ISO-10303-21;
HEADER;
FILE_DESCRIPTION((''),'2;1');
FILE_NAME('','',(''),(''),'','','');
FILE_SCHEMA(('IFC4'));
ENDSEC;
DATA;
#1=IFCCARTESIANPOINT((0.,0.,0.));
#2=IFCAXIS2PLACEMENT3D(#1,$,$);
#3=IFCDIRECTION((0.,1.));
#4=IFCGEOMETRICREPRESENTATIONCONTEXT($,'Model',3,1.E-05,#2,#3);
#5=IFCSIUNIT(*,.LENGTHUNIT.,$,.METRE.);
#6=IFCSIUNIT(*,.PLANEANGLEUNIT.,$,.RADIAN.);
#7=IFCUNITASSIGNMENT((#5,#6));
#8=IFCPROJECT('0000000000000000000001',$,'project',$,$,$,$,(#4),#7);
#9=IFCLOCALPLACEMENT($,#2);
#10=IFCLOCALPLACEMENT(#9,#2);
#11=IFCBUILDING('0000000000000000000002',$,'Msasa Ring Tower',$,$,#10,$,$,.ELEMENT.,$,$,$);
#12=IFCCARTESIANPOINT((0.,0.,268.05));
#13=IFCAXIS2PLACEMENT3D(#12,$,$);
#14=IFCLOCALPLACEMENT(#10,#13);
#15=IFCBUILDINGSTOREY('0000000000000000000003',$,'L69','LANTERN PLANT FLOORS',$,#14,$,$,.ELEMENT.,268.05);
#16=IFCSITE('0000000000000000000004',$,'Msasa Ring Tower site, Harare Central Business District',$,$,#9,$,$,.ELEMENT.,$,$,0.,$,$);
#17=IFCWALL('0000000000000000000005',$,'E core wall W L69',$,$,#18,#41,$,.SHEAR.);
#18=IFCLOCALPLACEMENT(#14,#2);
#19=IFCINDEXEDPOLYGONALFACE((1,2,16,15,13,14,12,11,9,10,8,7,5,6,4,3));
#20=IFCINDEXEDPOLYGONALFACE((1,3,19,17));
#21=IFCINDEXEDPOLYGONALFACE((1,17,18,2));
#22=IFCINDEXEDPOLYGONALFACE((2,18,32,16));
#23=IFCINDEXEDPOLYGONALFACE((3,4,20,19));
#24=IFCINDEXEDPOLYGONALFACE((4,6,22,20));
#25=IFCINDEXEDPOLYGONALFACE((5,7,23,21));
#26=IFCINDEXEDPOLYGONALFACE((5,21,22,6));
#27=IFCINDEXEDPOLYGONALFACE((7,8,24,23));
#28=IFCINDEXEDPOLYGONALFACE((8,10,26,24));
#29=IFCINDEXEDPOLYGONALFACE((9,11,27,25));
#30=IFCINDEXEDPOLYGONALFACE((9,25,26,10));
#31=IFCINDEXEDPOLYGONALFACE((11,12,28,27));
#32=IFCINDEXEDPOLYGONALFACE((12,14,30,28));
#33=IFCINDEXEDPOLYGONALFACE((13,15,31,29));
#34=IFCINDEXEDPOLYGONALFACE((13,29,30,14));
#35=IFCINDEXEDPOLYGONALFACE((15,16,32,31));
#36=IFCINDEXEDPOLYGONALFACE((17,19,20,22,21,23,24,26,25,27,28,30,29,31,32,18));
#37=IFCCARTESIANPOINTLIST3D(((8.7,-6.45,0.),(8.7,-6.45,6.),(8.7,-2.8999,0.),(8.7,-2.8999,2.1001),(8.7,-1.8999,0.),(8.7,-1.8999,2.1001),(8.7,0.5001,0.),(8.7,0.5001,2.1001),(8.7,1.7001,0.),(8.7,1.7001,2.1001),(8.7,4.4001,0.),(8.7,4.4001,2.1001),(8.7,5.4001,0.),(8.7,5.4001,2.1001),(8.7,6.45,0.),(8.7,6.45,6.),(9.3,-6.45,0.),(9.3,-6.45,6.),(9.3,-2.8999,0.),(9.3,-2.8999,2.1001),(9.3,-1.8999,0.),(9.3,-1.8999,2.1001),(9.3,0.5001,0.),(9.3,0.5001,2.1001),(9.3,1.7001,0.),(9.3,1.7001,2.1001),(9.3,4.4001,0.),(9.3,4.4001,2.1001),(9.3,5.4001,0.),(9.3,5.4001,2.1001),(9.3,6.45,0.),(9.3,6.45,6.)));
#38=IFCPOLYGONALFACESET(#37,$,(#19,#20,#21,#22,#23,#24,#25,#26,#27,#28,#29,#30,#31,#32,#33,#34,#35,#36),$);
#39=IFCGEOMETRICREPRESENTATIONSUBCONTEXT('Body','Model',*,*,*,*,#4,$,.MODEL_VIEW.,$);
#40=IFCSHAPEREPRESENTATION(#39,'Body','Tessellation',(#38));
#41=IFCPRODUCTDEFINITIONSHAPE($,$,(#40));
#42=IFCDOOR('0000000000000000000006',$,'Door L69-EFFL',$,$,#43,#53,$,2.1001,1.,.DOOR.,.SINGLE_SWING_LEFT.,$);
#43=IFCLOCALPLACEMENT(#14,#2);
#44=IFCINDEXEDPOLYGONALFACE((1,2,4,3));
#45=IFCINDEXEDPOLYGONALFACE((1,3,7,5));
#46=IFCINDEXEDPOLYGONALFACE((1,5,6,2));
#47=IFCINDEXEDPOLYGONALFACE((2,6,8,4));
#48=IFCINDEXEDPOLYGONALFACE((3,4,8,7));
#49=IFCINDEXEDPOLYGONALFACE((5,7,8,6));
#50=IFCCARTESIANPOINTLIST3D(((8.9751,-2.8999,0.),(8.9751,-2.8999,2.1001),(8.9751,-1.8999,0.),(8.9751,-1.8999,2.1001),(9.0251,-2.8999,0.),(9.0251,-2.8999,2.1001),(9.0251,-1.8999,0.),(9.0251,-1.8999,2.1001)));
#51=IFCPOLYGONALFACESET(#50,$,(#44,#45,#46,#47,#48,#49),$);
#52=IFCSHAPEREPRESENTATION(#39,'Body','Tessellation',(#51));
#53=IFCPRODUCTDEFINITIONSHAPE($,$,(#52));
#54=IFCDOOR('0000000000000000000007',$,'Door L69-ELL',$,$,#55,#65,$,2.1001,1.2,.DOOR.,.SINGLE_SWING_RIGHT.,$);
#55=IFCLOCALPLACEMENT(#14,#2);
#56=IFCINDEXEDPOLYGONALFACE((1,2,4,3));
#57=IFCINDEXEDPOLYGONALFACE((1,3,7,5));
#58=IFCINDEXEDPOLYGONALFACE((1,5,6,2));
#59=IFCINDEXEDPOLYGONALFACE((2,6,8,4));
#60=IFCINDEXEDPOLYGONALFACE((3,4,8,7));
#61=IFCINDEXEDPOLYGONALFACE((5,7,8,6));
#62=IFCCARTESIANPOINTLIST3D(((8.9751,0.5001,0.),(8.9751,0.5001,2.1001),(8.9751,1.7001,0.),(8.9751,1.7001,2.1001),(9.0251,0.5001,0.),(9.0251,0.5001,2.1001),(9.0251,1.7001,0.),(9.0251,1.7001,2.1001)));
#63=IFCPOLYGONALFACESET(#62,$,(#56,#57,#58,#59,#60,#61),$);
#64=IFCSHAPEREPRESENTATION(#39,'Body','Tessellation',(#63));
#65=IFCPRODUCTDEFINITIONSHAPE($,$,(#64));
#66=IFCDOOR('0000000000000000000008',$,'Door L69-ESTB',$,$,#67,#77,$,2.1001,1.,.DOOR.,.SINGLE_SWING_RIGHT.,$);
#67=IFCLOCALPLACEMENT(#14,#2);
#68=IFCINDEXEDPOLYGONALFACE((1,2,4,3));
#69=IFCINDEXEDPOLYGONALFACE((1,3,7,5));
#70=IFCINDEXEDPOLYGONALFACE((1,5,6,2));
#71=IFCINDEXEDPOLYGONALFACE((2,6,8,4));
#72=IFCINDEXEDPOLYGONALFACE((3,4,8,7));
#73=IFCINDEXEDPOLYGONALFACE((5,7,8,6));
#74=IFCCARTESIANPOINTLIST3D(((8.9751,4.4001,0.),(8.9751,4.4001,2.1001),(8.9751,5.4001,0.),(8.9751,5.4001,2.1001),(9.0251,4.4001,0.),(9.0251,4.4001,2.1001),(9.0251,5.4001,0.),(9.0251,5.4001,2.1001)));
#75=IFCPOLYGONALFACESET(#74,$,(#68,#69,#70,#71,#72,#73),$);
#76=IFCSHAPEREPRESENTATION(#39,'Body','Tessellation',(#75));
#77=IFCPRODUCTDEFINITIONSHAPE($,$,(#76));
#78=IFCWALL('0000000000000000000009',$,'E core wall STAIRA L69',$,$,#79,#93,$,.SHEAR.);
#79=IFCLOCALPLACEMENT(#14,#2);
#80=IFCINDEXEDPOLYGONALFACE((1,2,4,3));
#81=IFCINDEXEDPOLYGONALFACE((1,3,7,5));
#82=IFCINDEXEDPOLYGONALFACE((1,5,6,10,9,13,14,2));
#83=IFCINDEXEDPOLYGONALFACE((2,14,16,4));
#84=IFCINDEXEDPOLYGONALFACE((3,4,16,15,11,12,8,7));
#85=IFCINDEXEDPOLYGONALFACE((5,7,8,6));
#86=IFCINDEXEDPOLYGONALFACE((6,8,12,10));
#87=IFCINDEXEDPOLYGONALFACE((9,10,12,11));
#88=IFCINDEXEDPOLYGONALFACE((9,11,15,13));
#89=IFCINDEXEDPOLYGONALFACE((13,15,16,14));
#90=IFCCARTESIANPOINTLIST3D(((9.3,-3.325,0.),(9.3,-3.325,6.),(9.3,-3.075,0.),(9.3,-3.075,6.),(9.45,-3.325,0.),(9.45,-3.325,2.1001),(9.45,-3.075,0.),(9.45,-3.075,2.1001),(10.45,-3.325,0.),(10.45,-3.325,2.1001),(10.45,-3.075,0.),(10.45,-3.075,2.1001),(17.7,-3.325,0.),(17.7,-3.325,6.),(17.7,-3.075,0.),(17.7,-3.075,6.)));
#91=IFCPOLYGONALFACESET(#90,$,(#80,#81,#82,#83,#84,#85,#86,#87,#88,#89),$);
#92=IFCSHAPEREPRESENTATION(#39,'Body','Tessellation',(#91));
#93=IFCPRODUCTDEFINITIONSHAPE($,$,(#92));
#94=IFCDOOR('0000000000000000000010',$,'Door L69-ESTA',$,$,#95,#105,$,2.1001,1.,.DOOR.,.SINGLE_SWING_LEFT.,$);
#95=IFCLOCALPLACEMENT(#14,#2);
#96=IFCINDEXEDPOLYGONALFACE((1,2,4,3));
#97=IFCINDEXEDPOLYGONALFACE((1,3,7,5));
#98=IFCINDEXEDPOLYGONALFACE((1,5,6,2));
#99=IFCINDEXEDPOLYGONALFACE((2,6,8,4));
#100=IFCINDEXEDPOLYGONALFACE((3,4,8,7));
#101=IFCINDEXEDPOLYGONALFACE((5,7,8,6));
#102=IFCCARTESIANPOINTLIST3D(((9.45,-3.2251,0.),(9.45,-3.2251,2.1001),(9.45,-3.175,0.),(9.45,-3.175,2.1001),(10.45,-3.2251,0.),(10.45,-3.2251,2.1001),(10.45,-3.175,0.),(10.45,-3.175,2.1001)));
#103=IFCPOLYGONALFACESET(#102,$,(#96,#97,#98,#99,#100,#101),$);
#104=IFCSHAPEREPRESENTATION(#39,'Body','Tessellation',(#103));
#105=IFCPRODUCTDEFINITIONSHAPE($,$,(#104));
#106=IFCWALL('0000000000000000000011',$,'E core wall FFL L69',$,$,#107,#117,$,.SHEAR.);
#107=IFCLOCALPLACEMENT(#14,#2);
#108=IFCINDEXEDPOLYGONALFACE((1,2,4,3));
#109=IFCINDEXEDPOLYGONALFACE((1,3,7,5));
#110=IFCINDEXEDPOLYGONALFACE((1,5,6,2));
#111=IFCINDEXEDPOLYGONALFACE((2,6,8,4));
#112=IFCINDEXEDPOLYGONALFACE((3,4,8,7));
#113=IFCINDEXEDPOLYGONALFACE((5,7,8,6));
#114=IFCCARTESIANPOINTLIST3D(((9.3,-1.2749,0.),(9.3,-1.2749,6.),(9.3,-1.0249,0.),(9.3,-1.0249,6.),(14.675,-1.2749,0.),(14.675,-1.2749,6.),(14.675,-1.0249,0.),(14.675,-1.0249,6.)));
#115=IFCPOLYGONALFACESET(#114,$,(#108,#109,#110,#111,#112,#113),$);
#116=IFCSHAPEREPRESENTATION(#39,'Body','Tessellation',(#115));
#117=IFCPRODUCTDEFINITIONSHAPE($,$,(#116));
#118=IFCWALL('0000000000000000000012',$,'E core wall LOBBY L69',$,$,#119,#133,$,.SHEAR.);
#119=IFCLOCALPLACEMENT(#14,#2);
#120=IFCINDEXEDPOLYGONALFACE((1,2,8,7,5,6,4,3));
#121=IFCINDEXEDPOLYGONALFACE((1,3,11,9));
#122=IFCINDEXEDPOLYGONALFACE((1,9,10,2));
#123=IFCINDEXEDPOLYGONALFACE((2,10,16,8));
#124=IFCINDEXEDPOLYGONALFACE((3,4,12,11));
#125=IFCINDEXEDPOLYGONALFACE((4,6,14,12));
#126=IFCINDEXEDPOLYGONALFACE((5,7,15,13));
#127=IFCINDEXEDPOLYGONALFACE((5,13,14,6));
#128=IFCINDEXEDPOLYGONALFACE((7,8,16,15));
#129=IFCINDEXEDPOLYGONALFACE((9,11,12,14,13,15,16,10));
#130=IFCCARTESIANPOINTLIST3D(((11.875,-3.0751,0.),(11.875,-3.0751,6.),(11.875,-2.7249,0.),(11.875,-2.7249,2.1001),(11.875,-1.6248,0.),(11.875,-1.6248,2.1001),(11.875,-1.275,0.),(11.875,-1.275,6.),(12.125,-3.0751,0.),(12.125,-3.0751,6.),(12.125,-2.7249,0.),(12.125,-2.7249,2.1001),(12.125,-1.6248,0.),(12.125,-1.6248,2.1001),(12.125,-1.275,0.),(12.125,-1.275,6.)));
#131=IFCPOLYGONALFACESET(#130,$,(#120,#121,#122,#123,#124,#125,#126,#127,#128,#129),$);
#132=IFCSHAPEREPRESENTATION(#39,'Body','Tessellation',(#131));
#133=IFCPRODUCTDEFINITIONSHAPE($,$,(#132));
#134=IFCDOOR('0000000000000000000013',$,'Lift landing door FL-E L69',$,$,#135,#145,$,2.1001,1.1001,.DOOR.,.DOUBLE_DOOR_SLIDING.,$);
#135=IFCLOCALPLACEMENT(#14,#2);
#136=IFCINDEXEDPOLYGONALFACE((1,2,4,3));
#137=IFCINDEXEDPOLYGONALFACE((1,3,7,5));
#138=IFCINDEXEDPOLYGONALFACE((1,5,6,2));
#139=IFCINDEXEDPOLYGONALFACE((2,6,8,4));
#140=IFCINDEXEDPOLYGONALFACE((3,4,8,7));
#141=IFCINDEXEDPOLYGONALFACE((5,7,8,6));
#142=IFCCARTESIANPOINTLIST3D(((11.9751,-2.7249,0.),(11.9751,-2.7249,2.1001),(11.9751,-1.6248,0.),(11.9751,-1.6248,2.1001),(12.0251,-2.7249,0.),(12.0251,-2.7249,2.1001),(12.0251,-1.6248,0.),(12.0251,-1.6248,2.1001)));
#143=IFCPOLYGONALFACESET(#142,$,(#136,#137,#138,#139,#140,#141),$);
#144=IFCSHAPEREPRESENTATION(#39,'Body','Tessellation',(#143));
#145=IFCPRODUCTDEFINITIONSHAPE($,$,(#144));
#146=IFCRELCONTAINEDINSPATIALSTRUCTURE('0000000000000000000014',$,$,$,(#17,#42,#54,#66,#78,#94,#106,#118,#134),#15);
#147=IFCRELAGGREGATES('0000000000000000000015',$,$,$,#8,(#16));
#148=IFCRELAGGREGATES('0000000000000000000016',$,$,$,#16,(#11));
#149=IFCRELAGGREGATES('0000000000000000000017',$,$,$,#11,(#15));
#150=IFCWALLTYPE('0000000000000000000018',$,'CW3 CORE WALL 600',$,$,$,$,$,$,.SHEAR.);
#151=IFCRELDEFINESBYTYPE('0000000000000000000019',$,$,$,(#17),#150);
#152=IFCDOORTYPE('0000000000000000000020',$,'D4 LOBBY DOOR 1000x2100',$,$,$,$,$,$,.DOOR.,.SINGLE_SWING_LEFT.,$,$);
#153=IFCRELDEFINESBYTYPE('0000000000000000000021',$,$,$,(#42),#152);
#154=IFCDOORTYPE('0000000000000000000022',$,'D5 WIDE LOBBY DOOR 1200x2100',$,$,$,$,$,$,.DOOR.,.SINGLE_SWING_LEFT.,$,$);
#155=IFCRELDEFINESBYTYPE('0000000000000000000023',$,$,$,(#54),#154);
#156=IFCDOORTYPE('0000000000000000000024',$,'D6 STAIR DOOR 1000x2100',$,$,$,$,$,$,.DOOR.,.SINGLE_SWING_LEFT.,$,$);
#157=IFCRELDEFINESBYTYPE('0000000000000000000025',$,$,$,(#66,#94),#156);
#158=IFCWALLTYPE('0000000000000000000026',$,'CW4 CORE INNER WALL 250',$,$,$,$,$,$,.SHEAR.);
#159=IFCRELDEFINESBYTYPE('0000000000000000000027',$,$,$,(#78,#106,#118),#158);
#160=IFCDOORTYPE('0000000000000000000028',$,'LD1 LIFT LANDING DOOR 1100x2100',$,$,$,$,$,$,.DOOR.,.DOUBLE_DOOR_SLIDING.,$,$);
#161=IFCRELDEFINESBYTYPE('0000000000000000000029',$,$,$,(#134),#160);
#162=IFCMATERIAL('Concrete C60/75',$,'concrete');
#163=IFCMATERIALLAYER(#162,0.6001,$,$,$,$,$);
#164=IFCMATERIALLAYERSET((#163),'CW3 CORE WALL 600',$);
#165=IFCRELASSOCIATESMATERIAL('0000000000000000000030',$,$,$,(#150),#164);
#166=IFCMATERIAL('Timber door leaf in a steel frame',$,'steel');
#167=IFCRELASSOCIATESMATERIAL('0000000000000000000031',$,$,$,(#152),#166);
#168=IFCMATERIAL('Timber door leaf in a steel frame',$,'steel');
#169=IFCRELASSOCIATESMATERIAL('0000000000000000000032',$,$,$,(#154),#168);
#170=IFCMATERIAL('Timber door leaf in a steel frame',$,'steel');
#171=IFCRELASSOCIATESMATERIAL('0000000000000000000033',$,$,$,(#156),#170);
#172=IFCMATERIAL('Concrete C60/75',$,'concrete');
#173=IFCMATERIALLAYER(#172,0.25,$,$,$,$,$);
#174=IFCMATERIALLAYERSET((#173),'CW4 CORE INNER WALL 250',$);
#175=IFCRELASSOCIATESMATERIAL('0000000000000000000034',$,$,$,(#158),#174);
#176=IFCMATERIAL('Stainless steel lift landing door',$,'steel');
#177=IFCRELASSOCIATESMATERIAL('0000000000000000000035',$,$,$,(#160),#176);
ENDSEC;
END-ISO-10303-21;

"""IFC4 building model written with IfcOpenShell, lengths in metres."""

from ifc_helpers import new_model, si_unit, direction, frame, frame_2d, origin, place, context, subcontext, project, spatial, rectangle, extrude, material, layer, layer_set, type_object, element, fill, save


model = new_model("IFC4")

# Units and contexts
model_context = context("Model", 3, precision=1e-05, world=origin(), true_north=direction((0.0, 1.0)))
body_context = subcontext(model_context, "Body", "Model", "MODEL_VIEW")
ifc_project = project(units=[si_unit("LENGTHUNIT", "METRE"), si_unit("PLANEANGLEUNIT", "RADIAN")], contexts=[model_context])

# Site, building, storey
site_placement = place(None, origin())
site = spatial("IfcSite", under=ifc_project, at=site_placement, Name="Msasa Ring Tower site, Harare Central Business District", CompositionType="ELEMENT", RefElevation=0.0)
building_placement = place(site_placement, origin())
building = spatial("IfcBuilding", under=site, at=building_placement, Name="Msasa Ring Tower", CompositionType="ELEMENT")
storey_placement = place(building_placement, frame((0.0, 0.0, 268.05)))
storey = spatial("IfcBuildingStorey", under=building, at=storey_placement, Name="L69", Description="LANTERN PLANT FLOORS", CompositionType="ELEMENT", Elevation=268.05)

# Shared definitions
ifc_material_1 = material(Name="Concrete C60/75", Category="concrete")
ifc_layer_1 = layer(ifc_material_1, 0.6001)
ifc_layer_set_1 = layer_set([ifc_layer_1], Name="CW3 CORE WALL 600")
wall_type_1 = type_object("IfcWallType", Name="CW3 CORE WALL 600", PredefinedType="SHEAR", material=ifc_layer_set_1)

# Wall, openings, doors
wall_1_placement = place(storey_placement, frame((9.0, -6.45, 0.0), z_axis=(0.0, 0.0, 1.0), x_axis=(0.0, 1.0, 0.0)))
wall_1 = element("IfcWall", 1, at=wall_1_placement, inside=storey, type_object=wall_type_1, Name="E core wall W L69", PredefinedType="SHEAR", context=body_context, shape_type="SweptSolid", body=[
    extrude(rectangle(XDim=12.8999, YDim=0.6001, at=frame_2d((6.45, 0.0))), origin(), (0.0, 0.0, 1.0), 6.0),
])
opening_1_placement = place(wall_1_placement, frame((3.55, 0.0, 0.0)))
opening_1 = element("IfcOpeningElement", 2, at=opening_1_placement, cuts=wall_1, PredefinedType="OPENING", context=body_context, shape_type="SweptSolid", body=[
    extrude(rectangle(XDim=1.0, YDim=2.1001, at=frame_2d((0.5, 1.05))), frame((0.0, 0.3101, 0.0), z_axis=(0.0, -1.0, 0.0), x_axis=(1.0, 0.0, 0.0)), (0.0, 0.0, 1.0), 0.6201),
])
opening_2_placement = place(wall_1_placement, frame((6.95, 0.0, 0.0)))
opening_2 = element("IfcOpeningElement", 3, at=opening_2_placement, cuts=wall_1, PredefinedType="OPENING", context=body_context, shape_type="SweptSolid", body=[
    extrude(rectangle(XDim=1.2, YDim=2.1001, at=frame_2d((0.6001, 1.05))), frame((0.0, 0.3101, 0.0), z_axis=(0.0, -1.0, 0.0), x_axis=(1.0, 0.0, 0.0)), (0.0, 0.0, 1.0), 0.6201),
])
opening_3_placement = place(wall_1_placement, frame((10.8501, 0.0, 0.0)))
opening_3 = element("IfcOpeningElement", 4, at=opening_3_placement, cuts=wall_1, PredefinedType="OPENING", context=body_context, shape_type="SweptSolid", body=[
    extrude(rectangle(XDim=1.0, YDim=2.1001, at=frame_2d((0.5, 1.05))), frame((0.0, 0.3101, 0.0), z_axis=(0.0, -1.0, 0.0), x_axis=(1.0, 0.0, 0.0)), (0.0, 0.0, 1.0), 0.6201),
])
ifc_material_2 = material(Name="Timber door leaf in a steel frame", Category="steel")
door_type_1 = type_object("IfcDoorType", Name="D4 LOBBY DOOR 1000x2100", OperationType="SINGLE_SWING_LEFT", PredefinedType="DOOR", material=ifc_material_2)
door_1_placement = place(opening_1_placement, origin())
door_1 = element("IfcDoor", 5, at=door_1_placement, inside=storey, type_object=door_type_1, Name="Door L69-EFFL", OperationType="SINGLE_SWING_LEFT", OverallHeight=2.1001, OverallWidth=1.0, PredefinedType="DOOR", context=body_context, shape_type="SweptSolid", body=[
    extrude(rectangle(XDim=1.0, YDim=2.1001, at=frame_2d((0.5, 1.05))), frame((0.0, 0.0249, 0.0), z_axis=(0.0, -1.0, 0.0), x_axis=(1.0, 0.0, 0.0)), (0.0, 0.0, 1.0), 0.05),
])
fill(opening_1, door_1)
ifc_material_3 = material(Name="Timber door leaf in a steel frame", Category="steel")
door_type_2 = type_object("IfcDoorType", Name="D5 WIDE LOBBY DOOR 1200x2100", OperationType="SINGLE_SWING_LEFT", PredefinedType="DOOR", material=ifc_material_3)
door_2_placement = place(opening_2_placement, origin())
door_2 = element("IfcDoor", 6, at=door_2_placement, inside=storey, type_object=door_type_2, Name="Door L69-ELL", OperationType="SINGLE_SWING_RIGHT", OverallHeight=2.1001, OverallWidth=1.2, PredefinedType="DOOR", context=body_context, shape_type="SweptSolid", body=[
    extrude(rectangle(XDim=1.2, YDim=2.1001, at=frame_2d((0.6001, 1.05))), frame((0.0, 0.0249, 0.0), z_axis=(0.0, -1.0, 0.0), x_axis=(1.0, 0.0, 0.0)), (0.0, 0.0, 1.0), 0.05),
])
fill(opening_2, door_2)
ifc_material_4 = material(Name="Timber door leaf in a steel frame", Category="steel")
door_type_3 = type_object("IfcDoorType", Name="D6 STAIR DOOR 1000x2100", OperationType="SINGLE_SWING_LEFT", PredefinedType="DOOR", material=ifc_material_4)
door_3_placement = place(opening_3_placement, origin())
door_3 = element("IfcDoor", 7, at=door_3_placement, inside=storey, type_object=door_type_3, Name="Door L69-ESTB", OperationType="SINGLE_SWING_RIGHT", OverallHeight=2.1001, OverallWidth=1.0, PredefinedType="DOOR", context=body_context, shape_type="SweptSolid", body=[
    extrude(rectangle(XDim=1.0, YDim=2.1001, at=frame_2d((0.5, 1.05))), frame((0.0, 0.0249, 0.0), z_axis=(0.0, -1.0, 0.0), x_axis=(1.0, 0.0, 0.0)), (0.0, 0.0, 1.0), 0.05),
])
fill(opening_3, door_3)

# Wall, opening, door
ifc_material_5 = material(Name="Concrete C60/75", Category="concrete")
ifc_layer_2 = layer(ifc_material_5, 0.25)
ifc_layer_set_2 = layer_set([ifc_layer_2], Name="CW4 CORE INNER WALL 250")
wall_type_2 = type_object("IfcWallType", Name="CW4 CORE INNER WALL 250", PredefinedType="SHEAR", material=ifc_layer_set_2)
wall_2_placement = place(storey_placement, frame((9.3, -3.2, 0.0), z_axis=(0.0, 0.0, 1.0), x_axis=(1.0, 0.0, 0.0)))
wall_2 = element("IfcWall", 8, at=wall_2_placement, inside=storey, type_object=wall_type_2, Name="E core wall STAIRA L69", PredefinedType="SHEAR", context=body_context, shape_type="SweptSolid", body=[
    extrude(rectangle(XDim=8.3999, YDim=0.25, at=frame_2d((4.2, 0.0))), origin(), (0.0, 0.0, 1.0), 6.0),
])
opening_4_placement = place(wall_2_placement, frame((0.1499, 0.0, 0.0)))
opening_4 = element("IfcOpeningElement", 9, at=opening_4_placement, cuts=wall_2, PredefinedType="OPENING", context=body_context, shape_type="SweptSolid", body=[
    extrude(rectangle(XDim=1.0, YDim=2.1001, at=frame_2d((0.5, 1.05))), frame((0.0, 0.135, 0.0), z_axis=(0.0, -1.0, 0.0), x_axis=(1.0, 0.0, 0.0)), (0.0, 0.0, 1.0), 0.27),
])
door_4_placement = place(opening_4_placement, origin())
door_4 = element("IfcDoor", 10, at=door_4_placement, inside=storey, type_object=door_type_3, Name="Door L69-ESTA", OperationType="SINGLE_SWING_LEFT", OverallHeight=2.1001, OverallWidth=1.0, PredefinedType="DOOR", context=body_context, shape_type="SweptSolid", body=[
    extrude(rectangle(XDim=1.0, YDim=2.1001, at=frame_2d((0.5, 1.05))), frame((0.0, 0.0249, 0.0), z_axis=(0.0, -1.0, 0.0), x_axis=(1.0, 0.0, 0.0)), (0.0, 0.0, 1.0), 0.05),
])
fill(opening_4, door_4)

# Wall
wall_3_placement = place(storey_placement, frame((9.3, -1.1499, 0.0), z_axis=(0.0, 0.0, 1.0), x_axis=(1.0, 0.0, 0.0)))
element("IfcWall", 11, at=wall_3_placement, inside=storey, type_object=wall_type_2, Name="E core wall FFL L69", PredefinedType="SHEAR", context=body_context, shape_type="SweptSolid", body=[
    extrude(rectangle(XDim=5.375, YDim=0.25, at=frame_2d((2.6875, 0.0))), origin(), (0.0, 0.0, 1.0), 6.0),
])

# Wall, opening, door
wall_4_placement = place(storey_placement, frame((12.0, -3.075, 0.0), z_axis=(0.0, 0.0, 1.0), x_axis=(0.0, 1.0, 0.0)))
wall_4 = element("IfcWall", 12, at=wall_4_placement, inside=storey, type_object=wall_type_2, Name="E core wall LOBBY L69", PredefinedType="SHEAR", context=body_context, shape_type="SweptSolid", body=[
    extrude(rectangle(XDim=1.8, YDim=0.25, at=frame_2d((0.8999, 0.0))), origin(), (0.0, 0.0, 1.0), 6.0),
])
opening_5_placement = place(wall_4_placement, frame((0.3501, 0.0, 0.0)))
opening_5 = element("IfcOpeningElement", 13, at=opening_5_placement, cuts=wall_4, PredefinedType="OPENING", context=body_context, shape_type="SweptSolid", body=[
    extrude(rectangle(XDim=1.1001, YDim=2.1001, at=frame_2d((0.55, 1.05))), frame((0.0, 0.135, 0.0), z_axis=(0.0, -1.0, 0.0), x_axis=(1.0, 0.0, 0.0)), (0.0, 0.0, 1.0), 0.27),
])
ifc_material_6 = material(Name="Stainless steel lift landing door", Category="steel")
door_type_4 = type_object("IfcDoorType", Name="LD1 LIFT LANDING DOOR 1100x2100", OperationType="DOUBLE_DOOR_SLIDING", PredefinedType="DOOR", material=ifc_material_6)
door_5_placement = place(opening_5_placement, origin())
door_5 = element("IfcDoor", 14, at=door_5_placement, inside=storey, type_object=door_type_4, Name="Lift landing door FL-E L69", OperationType="DOUBLE_DOOR_SLIDING", OverallHeight=2.1001, OverallWidth=1.1001, PredefinedType="DOOR", context=body_context, shape_type="SweptSolid", body=[
    extrude(rectangle(XDim=1.1001, YDim=2.1001, at=frame_2d((0.55, 1.05))), frame((0.0, 0.0249, 0.0), z_axis=(0.0, -1.0, 0.0), x_axis=(1.0, 0.0, 0.0)), (0.0, 0.0, 1.0), 0.05),
])
fill(opening_5, door_5)

save(model, "model.ifc")
